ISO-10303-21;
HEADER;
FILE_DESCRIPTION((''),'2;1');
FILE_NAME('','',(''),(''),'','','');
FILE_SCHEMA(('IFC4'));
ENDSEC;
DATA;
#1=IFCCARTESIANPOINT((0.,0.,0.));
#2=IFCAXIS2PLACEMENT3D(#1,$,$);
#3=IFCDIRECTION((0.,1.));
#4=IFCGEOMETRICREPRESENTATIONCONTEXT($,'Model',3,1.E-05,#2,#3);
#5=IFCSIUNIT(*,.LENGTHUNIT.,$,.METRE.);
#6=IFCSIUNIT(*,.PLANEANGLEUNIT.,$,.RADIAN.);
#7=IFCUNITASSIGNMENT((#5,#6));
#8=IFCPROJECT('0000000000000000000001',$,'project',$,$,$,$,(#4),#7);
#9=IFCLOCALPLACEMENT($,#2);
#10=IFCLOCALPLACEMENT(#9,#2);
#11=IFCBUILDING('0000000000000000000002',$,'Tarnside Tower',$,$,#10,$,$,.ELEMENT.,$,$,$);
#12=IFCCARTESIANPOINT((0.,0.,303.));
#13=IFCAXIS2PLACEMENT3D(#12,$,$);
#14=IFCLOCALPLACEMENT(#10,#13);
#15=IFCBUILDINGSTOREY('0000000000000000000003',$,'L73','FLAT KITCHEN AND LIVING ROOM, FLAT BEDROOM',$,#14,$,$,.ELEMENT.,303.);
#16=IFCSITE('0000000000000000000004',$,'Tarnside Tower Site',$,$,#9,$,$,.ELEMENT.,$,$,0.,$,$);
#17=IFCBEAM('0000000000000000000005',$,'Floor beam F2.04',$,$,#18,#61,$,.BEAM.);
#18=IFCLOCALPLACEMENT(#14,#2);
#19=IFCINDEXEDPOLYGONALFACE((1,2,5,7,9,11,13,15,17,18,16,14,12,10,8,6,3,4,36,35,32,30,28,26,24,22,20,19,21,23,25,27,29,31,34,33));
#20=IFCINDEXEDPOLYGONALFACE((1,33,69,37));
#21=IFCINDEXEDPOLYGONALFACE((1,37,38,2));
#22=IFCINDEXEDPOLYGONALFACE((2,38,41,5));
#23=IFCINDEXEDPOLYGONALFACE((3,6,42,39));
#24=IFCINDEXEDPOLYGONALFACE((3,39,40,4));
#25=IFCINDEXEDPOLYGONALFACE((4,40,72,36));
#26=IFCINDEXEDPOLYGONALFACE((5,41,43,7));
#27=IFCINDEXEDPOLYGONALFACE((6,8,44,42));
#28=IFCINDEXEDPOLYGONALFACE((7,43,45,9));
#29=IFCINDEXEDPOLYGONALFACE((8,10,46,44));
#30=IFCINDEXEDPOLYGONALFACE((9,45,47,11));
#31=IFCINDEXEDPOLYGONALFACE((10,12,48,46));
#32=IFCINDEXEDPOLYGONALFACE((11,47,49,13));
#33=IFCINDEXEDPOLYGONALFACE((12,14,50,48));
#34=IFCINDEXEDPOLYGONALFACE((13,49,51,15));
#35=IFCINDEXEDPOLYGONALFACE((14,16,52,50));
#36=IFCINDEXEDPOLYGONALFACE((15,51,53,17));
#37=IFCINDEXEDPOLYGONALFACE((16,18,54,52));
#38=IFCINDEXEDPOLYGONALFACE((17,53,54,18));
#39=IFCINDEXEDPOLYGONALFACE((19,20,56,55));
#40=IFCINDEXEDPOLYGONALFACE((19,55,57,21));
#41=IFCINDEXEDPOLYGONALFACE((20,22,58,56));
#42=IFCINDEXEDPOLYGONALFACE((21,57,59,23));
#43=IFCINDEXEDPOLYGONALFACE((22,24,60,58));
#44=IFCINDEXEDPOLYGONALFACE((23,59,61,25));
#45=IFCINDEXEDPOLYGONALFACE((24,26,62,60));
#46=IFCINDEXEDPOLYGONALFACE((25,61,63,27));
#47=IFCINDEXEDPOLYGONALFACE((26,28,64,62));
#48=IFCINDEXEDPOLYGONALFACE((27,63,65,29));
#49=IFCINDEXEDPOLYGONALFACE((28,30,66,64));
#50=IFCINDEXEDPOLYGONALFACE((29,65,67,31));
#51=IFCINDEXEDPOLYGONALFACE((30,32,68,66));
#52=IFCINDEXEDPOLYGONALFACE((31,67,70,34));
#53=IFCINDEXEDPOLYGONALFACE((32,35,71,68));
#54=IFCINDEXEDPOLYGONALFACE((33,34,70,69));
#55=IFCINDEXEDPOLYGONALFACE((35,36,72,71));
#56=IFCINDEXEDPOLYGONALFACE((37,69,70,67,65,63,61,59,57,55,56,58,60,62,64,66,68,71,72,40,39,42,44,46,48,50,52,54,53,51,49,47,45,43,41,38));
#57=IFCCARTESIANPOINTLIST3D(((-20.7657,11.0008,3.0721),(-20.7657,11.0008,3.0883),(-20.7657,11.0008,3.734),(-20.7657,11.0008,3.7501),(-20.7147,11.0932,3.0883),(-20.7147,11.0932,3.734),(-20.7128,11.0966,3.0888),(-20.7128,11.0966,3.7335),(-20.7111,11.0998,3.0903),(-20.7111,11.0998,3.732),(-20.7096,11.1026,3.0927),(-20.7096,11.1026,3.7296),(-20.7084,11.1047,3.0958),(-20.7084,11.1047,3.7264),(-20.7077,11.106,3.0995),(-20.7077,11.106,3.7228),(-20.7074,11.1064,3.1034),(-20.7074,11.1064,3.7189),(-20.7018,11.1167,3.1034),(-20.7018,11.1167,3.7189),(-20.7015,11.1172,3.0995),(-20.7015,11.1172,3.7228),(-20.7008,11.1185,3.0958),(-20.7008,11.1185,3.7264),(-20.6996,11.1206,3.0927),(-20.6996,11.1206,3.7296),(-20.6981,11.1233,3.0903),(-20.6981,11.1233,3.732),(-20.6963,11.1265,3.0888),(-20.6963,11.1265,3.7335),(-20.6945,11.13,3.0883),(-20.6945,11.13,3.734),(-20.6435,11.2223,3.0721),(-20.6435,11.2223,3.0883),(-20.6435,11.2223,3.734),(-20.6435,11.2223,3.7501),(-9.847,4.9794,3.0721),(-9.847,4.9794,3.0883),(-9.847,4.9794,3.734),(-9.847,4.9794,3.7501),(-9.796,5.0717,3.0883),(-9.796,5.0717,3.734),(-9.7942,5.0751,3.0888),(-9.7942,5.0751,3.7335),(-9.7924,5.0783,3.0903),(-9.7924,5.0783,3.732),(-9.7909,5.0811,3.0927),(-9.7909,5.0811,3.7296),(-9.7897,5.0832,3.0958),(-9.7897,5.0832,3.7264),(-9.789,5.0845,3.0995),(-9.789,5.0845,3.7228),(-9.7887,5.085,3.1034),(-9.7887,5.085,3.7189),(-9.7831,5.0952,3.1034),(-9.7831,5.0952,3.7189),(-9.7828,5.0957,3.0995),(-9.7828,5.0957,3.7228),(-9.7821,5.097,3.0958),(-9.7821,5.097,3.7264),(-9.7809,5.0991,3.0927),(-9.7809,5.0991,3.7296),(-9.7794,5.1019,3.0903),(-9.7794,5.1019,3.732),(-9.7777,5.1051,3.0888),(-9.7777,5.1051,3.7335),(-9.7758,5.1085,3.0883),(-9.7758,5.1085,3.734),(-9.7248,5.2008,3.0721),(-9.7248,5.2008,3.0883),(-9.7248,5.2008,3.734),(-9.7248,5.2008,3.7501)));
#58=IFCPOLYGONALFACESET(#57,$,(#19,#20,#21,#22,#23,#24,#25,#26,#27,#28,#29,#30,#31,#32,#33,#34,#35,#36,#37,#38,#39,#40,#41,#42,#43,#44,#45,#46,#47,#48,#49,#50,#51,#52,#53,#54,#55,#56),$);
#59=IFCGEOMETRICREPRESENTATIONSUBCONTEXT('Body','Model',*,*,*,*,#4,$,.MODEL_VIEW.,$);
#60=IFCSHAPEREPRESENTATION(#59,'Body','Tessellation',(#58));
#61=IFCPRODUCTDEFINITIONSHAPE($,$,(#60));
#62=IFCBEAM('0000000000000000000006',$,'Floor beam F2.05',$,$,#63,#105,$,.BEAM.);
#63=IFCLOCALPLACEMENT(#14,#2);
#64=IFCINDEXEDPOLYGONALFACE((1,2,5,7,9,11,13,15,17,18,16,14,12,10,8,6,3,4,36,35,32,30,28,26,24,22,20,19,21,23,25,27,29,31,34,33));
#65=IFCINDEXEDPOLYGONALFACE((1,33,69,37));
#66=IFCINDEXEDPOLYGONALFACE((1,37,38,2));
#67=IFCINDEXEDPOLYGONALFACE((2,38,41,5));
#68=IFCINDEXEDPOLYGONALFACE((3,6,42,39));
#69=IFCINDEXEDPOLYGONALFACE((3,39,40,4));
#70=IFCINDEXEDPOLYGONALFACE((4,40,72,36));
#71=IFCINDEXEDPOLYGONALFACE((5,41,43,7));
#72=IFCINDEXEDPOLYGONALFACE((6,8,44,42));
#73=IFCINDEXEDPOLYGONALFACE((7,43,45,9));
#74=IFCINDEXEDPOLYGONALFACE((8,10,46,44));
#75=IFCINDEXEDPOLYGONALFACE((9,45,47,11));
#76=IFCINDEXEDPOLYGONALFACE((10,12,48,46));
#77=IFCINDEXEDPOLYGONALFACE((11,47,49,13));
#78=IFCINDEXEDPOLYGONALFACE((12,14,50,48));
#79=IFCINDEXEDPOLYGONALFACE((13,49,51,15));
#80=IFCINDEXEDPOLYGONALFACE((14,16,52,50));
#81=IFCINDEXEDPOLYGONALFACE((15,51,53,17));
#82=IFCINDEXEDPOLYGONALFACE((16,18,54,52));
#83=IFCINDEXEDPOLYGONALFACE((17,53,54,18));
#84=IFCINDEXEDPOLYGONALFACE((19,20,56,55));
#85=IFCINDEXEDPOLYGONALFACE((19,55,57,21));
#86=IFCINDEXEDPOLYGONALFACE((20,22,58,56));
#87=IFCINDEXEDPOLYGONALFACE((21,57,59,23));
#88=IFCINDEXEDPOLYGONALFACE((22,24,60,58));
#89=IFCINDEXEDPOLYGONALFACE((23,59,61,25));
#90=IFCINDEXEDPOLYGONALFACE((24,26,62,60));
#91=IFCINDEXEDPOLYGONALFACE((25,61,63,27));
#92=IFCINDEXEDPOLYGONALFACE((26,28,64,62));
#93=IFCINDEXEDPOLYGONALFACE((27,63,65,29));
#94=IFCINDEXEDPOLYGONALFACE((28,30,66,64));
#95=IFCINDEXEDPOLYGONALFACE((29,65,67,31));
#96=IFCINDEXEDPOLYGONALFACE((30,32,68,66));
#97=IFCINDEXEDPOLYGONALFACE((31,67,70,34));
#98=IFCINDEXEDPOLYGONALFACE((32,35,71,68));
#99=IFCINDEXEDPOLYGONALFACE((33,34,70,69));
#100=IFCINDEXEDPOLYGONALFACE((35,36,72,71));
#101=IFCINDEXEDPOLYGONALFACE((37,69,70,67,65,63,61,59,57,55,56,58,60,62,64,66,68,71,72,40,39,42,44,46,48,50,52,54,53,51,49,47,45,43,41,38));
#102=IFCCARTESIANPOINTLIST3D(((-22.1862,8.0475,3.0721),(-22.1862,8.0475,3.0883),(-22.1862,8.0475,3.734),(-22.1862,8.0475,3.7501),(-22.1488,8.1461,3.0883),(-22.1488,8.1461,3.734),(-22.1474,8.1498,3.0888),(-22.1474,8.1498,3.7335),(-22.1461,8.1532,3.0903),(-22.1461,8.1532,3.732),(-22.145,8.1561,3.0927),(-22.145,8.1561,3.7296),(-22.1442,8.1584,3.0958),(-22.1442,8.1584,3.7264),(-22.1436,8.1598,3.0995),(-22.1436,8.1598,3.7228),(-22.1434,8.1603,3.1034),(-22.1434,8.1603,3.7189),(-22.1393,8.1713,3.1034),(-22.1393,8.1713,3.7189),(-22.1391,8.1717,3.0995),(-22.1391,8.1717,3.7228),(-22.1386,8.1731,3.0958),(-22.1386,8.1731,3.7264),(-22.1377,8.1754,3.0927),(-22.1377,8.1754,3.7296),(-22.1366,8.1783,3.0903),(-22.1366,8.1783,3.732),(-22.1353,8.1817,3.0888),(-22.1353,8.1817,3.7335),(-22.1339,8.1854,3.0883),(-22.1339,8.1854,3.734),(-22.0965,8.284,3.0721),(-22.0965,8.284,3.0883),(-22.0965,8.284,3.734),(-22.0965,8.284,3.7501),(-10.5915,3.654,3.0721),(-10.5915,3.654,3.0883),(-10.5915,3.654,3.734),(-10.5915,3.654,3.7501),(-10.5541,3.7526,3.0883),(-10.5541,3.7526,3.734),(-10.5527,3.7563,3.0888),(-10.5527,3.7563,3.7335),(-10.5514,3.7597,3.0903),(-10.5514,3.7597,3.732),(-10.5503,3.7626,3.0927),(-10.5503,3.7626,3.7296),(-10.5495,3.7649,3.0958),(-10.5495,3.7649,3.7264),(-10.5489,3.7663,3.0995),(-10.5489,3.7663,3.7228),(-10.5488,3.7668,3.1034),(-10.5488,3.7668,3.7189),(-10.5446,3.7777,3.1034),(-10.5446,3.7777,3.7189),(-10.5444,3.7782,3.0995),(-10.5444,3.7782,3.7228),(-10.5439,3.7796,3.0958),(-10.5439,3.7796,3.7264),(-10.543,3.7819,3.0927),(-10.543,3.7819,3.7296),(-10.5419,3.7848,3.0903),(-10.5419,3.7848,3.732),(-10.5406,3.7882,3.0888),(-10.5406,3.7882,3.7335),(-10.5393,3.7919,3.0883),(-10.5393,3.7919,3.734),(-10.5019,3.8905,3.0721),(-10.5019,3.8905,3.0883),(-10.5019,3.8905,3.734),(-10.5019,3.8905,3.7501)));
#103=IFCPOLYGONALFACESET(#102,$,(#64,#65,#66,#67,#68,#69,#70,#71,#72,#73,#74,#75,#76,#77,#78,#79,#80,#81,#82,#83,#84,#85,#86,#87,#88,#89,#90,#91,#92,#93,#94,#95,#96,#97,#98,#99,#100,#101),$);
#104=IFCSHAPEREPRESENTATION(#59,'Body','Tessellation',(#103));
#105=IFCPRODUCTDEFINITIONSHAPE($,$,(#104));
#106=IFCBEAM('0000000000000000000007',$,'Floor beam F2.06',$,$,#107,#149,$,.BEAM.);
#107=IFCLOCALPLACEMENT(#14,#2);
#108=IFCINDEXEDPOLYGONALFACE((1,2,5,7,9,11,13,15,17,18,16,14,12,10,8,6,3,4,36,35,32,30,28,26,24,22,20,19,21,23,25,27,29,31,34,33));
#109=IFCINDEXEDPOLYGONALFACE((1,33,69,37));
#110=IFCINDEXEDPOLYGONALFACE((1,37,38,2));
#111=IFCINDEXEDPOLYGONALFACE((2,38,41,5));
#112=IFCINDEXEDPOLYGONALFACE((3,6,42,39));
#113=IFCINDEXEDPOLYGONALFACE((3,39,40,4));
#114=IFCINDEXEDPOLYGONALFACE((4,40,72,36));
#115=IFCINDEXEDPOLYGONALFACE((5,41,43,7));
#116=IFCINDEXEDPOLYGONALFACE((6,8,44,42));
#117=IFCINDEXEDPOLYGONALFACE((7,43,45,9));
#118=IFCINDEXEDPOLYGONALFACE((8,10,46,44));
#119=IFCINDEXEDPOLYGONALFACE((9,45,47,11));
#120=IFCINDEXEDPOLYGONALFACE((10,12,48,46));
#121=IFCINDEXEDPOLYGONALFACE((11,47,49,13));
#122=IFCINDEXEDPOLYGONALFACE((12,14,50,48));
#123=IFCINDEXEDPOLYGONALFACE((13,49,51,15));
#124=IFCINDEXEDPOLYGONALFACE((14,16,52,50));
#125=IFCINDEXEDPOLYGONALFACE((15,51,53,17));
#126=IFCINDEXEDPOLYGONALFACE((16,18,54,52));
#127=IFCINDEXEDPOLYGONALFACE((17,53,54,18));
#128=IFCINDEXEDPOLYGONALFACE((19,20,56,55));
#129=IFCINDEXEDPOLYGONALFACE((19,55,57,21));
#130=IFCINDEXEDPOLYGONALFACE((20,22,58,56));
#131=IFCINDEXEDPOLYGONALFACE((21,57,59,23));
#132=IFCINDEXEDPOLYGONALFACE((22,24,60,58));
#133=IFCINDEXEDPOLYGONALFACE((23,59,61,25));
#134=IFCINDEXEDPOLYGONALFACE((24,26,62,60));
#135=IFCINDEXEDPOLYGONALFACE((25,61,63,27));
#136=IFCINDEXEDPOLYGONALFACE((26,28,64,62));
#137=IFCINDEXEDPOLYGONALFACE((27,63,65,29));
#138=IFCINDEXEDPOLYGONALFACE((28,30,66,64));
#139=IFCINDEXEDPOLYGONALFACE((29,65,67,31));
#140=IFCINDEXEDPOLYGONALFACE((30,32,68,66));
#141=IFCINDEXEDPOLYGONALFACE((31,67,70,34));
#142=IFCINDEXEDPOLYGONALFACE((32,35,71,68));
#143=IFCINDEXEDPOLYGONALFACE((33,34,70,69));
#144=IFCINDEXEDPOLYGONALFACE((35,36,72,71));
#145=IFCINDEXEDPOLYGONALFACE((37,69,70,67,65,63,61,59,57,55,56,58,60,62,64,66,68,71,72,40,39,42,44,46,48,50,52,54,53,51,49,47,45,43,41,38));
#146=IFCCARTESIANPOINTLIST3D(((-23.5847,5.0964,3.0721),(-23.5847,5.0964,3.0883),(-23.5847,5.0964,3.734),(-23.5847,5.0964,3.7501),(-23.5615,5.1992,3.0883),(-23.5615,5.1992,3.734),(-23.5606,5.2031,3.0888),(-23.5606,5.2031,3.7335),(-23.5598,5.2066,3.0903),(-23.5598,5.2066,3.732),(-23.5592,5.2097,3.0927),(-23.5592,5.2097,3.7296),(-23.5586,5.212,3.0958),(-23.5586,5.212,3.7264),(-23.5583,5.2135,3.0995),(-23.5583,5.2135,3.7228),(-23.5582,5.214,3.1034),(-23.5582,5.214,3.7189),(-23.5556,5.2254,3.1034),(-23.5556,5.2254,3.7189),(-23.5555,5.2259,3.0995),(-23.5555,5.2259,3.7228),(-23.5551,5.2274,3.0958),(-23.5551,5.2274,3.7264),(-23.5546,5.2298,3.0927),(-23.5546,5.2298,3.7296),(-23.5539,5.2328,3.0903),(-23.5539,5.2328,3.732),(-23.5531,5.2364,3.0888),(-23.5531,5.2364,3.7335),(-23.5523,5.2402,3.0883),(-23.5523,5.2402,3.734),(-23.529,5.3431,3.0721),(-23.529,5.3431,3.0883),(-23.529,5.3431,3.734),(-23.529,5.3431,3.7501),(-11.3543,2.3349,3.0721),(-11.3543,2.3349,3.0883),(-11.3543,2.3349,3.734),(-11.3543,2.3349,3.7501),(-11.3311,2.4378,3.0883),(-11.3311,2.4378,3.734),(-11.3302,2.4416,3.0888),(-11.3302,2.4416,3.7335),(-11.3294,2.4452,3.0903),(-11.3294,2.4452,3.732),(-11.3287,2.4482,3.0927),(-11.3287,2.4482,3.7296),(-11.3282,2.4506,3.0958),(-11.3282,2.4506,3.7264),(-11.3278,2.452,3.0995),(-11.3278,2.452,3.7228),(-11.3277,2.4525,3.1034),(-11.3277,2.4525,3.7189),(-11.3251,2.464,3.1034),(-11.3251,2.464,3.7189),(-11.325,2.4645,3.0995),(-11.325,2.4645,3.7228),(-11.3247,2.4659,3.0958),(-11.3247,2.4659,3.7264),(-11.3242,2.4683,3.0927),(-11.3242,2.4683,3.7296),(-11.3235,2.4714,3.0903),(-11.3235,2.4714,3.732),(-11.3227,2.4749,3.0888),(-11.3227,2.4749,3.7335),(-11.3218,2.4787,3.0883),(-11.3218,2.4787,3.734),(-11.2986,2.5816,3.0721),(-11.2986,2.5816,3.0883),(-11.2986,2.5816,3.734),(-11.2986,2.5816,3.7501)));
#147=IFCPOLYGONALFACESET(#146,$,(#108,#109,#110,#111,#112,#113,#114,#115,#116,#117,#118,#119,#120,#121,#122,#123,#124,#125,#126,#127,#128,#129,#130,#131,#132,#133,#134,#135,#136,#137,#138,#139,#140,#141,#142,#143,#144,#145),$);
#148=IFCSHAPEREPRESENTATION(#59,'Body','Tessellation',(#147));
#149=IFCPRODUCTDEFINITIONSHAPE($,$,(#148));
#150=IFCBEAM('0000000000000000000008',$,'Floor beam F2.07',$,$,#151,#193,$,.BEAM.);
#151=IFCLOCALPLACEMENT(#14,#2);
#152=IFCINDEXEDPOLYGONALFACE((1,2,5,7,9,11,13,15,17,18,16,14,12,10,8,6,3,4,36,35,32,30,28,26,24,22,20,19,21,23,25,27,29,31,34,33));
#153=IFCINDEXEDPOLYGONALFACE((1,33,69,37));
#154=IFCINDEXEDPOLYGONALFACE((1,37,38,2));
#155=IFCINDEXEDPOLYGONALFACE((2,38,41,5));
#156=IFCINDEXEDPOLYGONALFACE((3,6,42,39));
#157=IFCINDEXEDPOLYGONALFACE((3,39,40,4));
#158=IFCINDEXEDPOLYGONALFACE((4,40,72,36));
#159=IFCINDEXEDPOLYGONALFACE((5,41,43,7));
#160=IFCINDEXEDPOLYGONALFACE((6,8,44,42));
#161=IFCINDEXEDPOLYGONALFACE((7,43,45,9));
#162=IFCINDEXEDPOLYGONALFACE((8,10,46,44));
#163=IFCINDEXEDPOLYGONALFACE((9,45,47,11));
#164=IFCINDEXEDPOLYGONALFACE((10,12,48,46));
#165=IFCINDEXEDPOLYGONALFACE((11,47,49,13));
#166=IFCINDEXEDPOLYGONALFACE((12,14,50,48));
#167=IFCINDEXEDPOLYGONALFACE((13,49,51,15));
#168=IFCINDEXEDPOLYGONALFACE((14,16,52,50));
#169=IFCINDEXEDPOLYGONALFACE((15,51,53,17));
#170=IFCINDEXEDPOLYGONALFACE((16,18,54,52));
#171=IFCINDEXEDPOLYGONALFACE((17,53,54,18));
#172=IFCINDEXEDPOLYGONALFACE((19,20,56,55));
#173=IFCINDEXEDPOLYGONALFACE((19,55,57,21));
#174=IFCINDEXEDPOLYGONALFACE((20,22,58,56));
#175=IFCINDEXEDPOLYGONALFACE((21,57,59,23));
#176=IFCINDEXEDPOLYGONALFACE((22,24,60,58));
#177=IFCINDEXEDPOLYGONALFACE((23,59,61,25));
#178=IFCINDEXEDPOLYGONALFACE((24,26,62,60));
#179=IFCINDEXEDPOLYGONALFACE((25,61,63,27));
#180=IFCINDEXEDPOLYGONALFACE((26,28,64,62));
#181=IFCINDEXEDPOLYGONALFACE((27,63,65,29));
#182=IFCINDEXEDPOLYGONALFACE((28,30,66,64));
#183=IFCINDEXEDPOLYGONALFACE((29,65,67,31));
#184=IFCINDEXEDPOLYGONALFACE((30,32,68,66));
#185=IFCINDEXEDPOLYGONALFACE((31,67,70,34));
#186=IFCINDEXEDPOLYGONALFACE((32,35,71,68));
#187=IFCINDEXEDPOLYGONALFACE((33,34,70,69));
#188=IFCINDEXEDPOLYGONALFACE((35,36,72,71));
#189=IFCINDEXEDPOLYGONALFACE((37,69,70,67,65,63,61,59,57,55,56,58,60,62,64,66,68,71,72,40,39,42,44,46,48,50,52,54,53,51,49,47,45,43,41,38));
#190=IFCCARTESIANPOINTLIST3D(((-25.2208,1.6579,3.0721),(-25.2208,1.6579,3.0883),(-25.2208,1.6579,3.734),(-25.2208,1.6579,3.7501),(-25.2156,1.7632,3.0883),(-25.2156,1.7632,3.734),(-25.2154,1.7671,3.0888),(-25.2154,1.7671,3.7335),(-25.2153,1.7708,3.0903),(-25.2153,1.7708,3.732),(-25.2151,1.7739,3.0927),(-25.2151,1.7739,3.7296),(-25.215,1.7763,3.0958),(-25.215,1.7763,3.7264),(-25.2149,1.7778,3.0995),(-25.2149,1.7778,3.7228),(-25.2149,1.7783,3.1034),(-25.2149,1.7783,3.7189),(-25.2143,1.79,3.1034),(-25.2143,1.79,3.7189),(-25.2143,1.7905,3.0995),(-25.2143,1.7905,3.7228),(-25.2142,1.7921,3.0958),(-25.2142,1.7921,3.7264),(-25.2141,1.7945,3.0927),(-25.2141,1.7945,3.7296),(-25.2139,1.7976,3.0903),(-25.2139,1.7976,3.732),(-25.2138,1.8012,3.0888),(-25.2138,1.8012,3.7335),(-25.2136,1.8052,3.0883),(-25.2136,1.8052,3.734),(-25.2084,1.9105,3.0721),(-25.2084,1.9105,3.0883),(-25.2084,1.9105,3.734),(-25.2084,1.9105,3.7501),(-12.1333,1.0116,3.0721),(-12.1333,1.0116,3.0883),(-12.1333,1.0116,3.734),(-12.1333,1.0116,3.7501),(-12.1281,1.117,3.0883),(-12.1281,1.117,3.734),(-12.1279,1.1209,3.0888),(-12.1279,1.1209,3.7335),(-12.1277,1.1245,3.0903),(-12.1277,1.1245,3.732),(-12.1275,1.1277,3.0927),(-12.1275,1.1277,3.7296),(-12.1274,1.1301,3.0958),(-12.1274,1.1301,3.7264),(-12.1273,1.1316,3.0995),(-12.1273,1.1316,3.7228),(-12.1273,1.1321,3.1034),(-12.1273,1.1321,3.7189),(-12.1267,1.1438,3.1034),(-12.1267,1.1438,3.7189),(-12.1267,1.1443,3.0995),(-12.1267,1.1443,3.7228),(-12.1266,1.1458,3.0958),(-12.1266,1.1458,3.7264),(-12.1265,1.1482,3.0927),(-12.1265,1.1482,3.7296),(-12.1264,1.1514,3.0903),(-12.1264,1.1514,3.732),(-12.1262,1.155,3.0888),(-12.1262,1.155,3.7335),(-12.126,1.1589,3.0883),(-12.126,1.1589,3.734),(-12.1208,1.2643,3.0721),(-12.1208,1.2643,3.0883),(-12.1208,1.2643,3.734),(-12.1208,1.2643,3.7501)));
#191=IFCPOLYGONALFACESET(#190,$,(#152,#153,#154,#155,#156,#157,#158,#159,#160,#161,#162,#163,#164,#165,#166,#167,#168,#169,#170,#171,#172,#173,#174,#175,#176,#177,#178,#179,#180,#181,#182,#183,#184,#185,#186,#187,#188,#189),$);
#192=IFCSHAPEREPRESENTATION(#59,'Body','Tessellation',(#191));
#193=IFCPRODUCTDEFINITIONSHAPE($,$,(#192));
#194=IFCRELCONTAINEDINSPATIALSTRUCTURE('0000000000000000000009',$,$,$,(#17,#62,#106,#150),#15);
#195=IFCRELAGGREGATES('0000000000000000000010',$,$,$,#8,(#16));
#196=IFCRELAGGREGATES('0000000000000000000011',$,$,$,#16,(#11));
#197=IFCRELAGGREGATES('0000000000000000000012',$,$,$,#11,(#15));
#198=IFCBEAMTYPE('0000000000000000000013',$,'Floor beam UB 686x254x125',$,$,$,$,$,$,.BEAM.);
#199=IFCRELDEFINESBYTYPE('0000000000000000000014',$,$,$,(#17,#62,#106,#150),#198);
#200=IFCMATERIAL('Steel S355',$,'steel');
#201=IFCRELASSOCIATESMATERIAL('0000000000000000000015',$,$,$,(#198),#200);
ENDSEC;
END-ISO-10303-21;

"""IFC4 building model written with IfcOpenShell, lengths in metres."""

from ifc_helpers import new_model, si_unit, direction, frame, origin, origin_2d, place, context, subcontext, project, spatial, i_section, extrude, material, material_profile, profile_set, type_object, element, save


model = new_model("IFC4")

# Units and contexts
model_context = context("Model", 3, precision=1e-05, world=origin(), true_north=direction((0.0, 1.0)))
body_context = subcontext(model_context, "Body", "Model", "MODEL_VIEW")
ifc_project = project(units=[si_unit("LENGTHUNIT", "METRE"), si_unit("PLANEANGLEUNIT", "RADIAN")], contexts=[model_context])

# Site, building, storey
site_placement = place(None, origin())
site = spatial("IfcSite", under=ifc_project, at=site_placement, Name="Tarnside Tower Site", CompositionType="ELEMENT", RefElevation=0.0)
building_placement = place(site_placement, origin())
building = spatial("IfcBuilding", under=site, at=building_placement, Name="Tarnside Tower", CompositionType="ELEMENT")
storey_placement = place(building_placement, frame((0.0, 0.0, 303.0)))
storey = spatial("IfcBuildingStorey", under=building, at=storey_placement, Name="L73", Description="FLAT KITCHEN AND LIVING ROOM, FLAT BEDROOM", CompositionType="ELEMENT", Elevation=303.0)

# Beams
ifc_material_1 = material(Name="Steel S355", Category="steel")
ifc_material_profile = material_profile(ifc_material_1, i_section(OverallWidth=0.2529, OverallDepth=0.678, WebThickness=0.0117, FlangeThickness=0.0161, FilletRadius=0.0151, at=origin_2d()), Name="UB 686x254x125")
ifc_profile_set = profile_set([ifc_material_profile], Name="Steel S355")
beam_type = type_object("IfcBeamType", Name="Floor beam UB 686x254x125", PredefinedType="BEAM", material=ifc_profile_set)
beam_1_placement = place(storey_placement, frame((-20.7046, 11.1116, 3.4111), z_axis=(0.875667, -0.482916, 0.0), x_axis=(0.482916, 0.875667, 0.0)))
element("IfcBeam", 1, at=beam_1_placement, inside=storey, type_object=beam_type, Name="Floor beam F2.04", PredefinedType="BEAM", context=body_context, shape_type="SweptSolid", body=[
    extrude(i_section(OverallWidth=0.2529, OverallDepth=0.678, WebThickness=0.0117, FlangeThickness=0.0161, FilletRadius=0.0151, at=origin_2d()), origin(), (0.0, 0.0, 1.0), 12.469),
])
beam_2_placement = place(storey_placement, frame((-22.1414, 8.1658, 3.4111), z_axis=(0.935116, -0.354341, 0.0), x_axis=(0.354341, 0.935116, 0.0)))
element("IfcBeam", 2, at=beam_2_placement, inside=storey, type_object=beam_type, Name="Floor beam F2.05", PredefinedType="BEAM", context=body_context, shape_type="SweptSolid", body=[
    extrude(i_section(OverallWidth=0.2529, OverallDepth=0.678, WebThickness=0.0117, FlangeThickness=0.0161, FilletRadius=0.0151, at=origin_2d()), origin(), (0.0, 0.0, 1.0), 12.3992),
])
beam_3_placement = place(storey_placement, frame((-23.5569, 5.2197, 3.4111), z_axis=(0.975445, -0.220242, 0.0), x_axis=(0.220242, 0.975445, 0.0)))
element("IfcBeam", 3, at=beam_3_placement, inside=storey, type_object=beam_type, Name="Floor beam F2.06", PredefinedType="BEAM", context=body_context, shape_type="SweptSolid", body=[
    extrude(i_section(OverallWidth=0.2529, OverallDepth=0.678, WebThickness=0.0117, FlangeThickness=0.0161, FilletRadius=0.0151, at=origin_2d()), origin(), (0.0, 0.0, 1.0), 12.5383),
])
beam_4_placement = place(storey_placement, frame((-25.2146, 1.7842, 3.4111), z_axis=(0.998783, -0.049318, 0.0), x_axis=(0.049318, 0.998783, 0.0)))
element("IfcBeam", 4, at=beam_4_placement, inside=storey, type_object=beam_type, Name="Floor beam F2.07", PredefinedType="BEAM", context=body_context, shape_type="SweptSolid", body=[
    extrude(i_section(OverallWidth=0.2529, OverallDepth=0.678, WebThickness=0.0117, FlangeThickness=0.0161, FilletRadius=0.0151, at=origin_2d()), origin(), (0.0, 0.0, 1.0), 13.1035),
])

save(model, "model.ifc")
